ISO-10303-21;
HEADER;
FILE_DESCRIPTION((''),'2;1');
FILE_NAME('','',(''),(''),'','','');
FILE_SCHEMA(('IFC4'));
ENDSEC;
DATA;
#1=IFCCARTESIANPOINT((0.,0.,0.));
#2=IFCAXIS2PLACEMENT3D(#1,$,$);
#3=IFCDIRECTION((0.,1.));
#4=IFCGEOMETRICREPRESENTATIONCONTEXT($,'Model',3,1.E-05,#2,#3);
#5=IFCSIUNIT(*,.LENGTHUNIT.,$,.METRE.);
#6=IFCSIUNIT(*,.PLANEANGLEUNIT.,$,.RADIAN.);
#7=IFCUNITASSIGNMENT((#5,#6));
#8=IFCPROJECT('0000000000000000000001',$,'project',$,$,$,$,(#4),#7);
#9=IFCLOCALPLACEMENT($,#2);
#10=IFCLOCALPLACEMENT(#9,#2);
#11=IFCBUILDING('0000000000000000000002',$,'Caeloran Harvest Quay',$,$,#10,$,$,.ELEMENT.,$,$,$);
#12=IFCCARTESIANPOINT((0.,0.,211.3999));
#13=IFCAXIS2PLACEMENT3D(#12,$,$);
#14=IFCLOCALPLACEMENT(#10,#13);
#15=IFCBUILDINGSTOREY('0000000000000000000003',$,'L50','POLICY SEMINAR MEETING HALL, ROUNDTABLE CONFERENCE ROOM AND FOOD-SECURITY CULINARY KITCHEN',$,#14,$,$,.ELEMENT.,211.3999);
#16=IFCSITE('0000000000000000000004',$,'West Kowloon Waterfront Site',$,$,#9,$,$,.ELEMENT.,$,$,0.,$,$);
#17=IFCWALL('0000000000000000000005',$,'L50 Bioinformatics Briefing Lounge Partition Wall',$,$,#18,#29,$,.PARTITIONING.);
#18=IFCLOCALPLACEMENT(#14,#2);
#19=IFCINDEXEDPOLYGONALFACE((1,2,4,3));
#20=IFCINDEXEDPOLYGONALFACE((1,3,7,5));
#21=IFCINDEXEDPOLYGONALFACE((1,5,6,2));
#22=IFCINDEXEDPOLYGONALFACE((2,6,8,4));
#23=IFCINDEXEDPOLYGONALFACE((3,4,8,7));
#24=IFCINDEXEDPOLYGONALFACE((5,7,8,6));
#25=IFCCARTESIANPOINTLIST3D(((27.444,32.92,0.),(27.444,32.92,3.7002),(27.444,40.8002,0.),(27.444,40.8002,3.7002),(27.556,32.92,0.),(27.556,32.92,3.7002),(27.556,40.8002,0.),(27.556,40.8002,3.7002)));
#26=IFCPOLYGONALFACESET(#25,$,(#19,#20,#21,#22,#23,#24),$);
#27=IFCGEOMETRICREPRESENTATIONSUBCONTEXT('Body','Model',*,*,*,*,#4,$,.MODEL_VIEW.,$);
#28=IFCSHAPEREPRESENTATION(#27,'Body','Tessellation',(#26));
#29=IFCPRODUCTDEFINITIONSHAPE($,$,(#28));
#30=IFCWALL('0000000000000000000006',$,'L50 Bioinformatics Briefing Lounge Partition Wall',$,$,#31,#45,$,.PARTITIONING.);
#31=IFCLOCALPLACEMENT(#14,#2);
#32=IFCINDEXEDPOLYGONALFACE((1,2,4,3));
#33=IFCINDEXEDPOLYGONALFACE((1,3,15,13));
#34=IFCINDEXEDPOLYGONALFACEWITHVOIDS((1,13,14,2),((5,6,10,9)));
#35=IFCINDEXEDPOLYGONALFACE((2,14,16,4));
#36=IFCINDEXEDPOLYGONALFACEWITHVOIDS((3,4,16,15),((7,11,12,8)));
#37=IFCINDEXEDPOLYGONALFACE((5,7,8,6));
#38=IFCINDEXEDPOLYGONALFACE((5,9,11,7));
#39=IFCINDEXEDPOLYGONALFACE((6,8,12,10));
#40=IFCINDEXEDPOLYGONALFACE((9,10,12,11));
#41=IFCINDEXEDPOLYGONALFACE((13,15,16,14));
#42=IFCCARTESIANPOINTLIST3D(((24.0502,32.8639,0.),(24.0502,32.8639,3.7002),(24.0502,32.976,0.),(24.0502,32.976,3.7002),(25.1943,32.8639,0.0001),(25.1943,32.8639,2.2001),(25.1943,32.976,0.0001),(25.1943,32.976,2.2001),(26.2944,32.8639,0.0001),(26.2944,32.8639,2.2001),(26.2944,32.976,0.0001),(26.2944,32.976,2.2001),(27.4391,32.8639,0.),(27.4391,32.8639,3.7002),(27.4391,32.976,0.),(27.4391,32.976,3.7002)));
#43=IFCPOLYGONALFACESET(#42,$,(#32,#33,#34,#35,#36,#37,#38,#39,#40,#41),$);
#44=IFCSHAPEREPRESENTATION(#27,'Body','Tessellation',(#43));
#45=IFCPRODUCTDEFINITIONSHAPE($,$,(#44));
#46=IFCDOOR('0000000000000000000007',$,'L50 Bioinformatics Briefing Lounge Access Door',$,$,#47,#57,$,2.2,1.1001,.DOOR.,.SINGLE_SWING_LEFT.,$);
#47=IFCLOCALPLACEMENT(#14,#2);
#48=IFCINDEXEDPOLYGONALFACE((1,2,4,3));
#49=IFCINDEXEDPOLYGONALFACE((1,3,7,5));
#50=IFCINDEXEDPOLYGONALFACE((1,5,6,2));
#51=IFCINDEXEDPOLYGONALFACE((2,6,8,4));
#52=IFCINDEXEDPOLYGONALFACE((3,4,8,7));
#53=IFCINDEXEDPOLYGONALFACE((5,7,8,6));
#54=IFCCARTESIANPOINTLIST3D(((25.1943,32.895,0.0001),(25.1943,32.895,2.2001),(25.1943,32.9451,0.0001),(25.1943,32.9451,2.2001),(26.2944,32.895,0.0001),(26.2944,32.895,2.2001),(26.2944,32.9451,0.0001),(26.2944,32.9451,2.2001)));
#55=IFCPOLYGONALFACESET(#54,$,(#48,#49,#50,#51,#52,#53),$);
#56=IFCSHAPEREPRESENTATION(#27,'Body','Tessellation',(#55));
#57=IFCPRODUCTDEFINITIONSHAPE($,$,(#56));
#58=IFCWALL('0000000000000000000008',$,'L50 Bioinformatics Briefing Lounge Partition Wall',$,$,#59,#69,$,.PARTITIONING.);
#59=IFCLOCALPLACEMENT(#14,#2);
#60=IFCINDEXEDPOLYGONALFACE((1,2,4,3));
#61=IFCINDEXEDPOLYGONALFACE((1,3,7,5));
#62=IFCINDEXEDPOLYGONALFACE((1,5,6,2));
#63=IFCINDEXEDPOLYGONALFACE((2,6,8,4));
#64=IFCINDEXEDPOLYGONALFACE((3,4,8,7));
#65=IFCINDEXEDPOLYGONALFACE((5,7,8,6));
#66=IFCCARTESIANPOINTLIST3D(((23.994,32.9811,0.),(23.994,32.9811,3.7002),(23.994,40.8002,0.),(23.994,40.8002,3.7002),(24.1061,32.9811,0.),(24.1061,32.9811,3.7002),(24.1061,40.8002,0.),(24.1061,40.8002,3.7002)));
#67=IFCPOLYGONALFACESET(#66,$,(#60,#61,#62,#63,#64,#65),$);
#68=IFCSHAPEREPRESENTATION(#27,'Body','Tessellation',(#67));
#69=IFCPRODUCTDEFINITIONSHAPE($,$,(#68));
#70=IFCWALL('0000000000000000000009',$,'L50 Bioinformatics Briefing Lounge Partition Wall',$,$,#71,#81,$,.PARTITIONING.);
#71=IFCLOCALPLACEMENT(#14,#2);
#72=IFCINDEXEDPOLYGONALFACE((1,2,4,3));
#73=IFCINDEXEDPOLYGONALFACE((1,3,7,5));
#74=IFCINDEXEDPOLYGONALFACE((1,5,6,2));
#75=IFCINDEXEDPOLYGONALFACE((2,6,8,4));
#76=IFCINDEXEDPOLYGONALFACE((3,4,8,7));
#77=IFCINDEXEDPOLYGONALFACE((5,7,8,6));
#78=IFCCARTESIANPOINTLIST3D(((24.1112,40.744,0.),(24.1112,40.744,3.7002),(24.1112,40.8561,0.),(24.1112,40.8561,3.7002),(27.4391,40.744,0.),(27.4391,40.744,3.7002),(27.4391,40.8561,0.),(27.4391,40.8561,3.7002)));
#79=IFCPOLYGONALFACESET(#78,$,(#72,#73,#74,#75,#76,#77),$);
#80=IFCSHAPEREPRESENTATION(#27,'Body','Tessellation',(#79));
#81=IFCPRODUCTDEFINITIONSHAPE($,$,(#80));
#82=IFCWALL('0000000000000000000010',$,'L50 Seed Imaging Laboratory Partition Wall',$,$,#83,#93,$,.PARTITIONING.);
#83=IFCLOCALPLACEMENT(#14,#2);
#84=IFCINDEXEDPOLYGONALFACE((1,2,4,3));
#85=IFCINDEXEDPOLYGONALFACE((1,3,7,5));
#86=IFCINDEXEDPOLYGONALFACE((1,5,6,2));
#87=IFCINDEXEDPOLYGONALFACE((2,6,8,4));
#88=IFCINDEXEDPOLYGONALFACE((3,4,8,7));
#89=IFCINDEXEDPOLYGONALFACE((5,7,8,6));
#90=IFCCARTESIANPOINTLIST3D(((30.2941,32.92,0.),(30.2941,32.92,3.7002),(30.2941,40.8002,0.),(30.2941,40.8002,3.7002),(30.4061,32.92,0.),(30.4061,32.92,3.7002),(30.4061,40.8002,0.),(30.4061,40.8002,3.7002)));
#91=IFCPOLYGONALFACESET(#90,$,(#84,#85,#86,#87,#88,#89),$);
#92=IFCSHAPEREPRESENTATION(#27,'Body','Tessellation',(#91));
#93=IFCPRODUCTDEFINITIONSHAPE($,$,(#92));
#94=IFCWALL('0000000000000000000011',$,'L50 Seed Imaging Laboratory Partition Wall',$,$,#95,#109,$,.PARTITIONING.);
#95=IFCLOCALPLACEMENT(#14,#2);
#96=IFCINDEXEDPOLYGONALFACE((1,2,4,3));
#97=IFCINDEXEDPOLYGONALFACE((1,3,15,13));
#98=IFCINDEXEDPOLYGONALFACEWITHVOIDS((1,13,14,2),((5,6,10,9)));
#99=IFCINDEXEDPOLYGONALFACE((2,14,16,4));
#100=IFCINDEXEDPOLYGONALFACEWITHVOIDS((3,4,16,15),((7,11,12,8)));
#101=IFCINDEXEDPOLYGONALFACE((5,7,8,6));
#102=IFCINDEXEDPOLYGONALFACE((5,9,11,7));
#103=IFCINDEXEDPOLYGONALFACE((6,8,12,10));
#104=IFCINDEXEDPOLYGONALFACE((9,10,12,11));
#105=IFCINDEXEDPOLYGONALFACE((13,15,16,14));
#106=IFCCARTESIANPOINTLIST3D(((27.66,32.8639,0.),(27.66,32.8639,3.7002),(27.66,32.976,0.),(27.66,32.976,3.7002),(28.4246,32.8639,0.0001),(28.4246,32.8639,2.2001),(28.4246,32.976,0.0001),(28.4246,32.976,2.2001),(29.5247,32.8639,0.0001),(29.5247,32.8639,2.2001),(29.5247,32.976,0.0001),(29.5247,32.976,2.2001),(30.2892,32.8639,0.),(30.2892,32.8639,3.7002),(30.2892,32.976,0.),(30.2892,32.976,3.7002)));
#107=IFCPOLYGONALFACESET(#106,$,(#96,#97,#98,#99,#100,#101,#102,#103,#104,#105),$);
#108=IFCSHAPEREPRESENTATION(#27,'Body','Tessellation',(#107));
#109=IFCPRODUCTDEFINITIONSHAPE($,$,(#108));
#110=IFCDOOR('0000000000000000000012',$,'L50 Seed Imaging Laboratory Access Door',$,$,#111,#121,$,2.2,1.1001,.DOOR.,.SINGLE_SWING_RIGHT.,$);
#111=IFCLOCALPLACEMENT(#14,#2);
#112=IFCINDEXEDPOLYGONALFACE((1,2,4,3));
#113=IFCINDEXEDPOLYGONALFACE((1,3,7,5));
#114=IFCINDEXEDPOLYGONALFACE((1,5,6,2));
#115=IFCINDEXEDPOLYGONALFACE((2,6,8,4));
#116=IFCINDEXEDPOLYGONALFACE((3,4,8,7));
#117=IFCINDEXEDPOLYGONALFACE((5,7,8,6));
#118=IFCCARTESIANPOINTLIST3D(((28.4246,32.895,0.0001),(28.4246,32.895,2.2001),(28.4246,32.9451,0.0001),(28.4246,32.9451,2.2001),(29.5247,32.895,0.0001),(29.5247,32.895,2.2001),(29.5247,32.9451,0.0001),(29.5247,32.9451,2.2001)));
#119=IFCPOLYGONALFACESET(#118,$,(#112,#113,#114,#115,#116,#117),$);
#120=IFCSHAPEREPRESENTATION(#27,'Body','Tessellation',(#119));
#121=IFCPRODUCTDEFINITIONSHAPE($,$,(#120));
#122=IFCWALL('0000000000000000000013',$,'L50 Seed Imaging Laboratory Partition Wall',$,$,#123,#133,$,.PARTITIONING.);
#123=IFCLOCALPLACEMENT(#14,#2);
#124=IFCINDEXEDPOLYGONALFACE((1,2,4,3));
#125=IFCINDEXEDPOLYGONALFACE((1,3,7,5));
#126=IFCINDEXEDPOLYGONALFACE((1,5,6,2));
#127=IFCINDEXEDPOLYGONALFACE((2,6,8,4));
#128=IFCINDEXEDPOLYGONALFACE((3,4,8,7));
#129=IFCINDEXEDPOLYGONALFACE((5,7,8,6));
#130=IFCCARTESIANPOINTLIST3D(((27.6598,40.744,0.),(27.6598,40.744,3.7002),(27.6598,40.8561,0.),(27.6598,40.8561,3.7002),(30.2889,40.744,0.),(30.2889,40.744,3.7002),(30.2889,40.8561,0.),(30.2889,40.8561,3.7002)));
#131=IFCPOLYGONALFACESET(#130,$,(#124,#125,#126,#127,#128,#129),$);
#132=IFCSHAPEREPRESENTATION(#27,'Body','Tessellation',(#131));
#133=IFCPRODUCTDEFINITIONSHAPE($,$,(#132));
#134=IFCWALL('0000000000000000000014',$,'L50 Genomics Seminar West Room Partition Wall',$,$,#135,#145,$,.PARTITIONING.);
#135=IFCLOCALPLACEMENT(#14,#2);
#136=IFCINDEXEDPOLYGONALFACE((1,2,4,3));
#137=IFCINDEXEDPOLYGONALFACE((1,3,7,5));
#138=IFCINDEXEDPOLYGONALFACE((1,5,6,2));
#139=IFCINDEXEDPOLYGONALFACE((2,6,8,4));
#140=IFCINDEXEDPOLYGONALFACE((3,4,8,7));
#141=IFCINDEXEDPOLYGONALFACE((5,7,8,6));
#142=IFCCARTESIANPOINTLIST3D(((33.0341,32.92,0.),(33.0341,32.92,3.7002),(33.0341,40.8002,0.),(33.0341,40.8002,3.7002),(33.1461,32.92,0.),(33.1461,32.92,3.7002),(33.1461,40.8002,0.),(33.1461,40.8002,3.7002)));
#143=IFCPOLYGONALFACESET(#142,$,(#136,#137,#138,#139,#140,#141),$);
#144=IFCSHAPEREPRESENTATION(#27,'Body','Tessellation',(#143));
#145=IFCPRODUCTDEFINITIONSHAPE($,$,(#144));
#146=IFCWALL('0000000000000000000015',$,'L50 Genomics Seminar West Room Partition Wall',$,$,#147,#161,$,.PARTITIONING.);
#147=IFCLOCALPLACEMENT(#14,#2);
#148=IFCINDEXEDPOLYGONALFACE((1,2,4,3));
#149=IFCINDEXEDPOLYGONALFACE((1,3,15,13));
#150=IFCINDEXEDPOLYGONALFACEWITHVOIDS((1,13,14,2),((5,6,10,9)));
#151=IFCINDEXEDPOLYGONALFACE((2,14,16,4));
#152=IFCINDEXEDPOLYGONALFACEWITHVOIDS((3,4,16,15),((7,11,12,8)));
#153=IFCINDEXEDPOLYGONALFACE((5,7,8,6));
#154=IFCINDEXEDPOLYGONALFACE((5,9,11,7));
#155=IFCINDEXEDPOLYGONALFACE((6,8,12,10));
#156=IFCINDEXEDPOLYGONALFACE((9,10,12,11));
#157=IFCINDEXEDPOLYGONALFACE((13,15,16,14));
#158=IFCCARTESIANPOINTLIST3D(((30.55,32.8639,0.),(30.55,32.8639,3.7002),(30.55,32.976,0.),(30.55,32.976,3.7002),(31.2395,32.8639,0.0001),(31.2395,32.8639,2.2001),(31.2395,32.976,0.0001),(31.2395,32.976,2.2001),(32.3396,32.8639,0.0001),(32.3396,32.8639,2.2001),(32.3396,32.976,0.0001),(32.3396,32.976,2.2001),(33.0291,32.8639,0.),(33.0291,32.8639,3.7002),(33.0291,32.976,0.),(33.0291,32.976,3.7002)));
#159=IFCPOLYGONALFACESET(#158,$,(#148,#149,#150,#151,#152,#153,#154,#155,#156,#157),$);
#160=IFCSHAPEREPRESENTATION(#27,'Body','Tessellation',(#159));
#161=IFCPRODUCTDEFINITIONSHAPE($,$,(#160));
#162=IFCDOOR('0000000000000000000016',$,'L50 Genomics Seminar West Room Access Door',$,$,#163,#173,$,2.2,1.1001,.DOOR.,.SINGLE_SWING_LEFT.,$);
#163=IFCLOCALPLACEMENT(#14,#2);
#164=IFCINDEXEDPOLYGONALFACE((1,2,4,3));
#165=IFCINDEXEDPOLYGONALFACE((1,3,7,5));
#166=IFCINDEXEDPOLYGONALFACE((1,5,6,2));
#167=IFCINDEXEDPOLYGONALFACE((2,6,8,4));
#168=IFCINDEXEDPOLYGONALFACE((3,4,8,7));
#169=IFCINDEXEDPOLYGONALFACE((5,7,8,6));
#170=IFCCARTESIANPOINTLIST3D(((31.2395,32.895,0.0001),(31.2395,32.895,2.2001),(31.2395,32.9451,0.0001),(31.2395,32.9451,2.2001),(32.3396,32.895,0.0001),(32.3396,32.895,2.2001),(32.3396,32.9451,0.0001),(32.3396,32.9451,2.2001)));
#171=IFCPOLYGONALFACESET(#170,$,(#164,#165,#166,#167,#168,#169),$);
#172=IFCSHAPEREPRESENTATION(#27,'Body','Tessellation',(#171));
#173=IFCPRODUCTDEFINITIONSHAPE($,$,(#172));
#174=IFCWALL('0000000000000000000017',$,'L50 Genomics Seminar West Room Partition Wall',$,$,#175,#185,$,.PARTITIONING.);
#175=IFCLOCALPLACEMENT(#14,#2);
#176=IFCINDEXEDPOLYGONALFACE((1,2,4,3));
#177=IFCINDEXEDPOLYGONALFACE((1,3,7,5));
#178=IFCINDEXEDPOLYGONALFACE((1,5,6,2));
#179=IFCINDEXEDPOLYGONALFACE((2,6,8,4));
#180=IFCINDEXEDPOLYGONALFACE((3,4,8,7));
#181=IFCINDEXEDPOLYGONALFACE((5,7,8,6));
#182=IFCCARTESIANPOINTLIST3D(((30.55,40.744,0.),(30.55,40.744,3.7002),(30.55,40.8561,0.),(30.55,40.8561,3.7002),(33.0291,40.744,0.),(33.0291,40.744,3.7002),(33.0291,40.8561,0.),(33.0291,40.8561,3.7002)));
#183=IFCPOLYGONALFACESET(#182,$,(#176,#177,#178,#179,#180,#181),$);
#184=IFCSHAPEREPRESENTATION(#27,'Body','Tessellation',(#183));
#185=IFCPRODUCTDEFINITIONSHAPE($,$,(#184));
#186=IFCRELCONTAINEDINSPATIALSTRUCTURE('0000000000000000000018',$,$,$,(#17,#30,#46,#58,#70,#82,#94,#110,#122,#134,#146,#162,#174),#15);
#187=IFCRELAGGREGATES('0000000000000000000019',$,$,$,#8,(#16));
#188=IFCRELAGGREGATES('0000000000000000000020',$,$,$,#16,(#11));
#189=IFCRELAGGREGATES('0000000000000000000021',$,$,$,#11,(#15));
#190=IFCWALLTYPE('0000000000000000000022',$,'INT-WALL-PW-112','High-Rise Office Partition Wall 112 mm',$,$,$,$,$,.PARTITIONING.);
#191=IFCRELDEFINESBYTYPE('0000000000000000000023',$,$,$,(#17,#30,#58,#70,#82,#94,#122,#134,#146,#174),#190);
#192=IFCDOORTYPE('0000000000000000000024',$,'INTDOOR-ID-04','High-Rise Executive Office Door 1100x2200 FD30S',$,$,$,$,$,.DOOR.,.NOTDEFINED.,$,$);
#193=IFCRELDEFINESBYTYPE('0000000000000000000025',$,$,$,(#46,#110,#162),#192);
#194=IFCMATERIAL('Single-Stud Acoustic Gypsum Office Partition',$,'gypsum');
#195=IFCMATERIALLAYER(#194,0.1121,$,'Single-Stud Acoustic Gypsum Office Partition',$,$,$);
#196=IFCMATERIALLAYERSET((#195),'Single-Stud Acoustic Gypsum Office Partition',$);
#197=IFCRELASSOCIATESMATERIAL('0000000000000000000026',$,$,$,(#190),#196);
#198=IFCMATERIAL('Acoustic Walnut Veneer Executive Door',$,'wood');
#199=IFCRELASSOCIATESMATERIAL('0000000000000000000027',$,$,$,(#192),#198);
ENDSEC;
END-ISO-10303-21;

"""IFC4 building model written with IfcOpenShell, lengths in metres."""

from ifc_helpers import new_model, si_unit, direction, frame, frame_2d, origin, place, context, subcontext, project, spatial, rectangle, extrude, material, layer, layer_set, type_object, element, fill, save


model = new_model("IFC4")

# Units and contexts
model_context = context("Model", 3, precision=1e-05, world=origin(), true_north=direction((0.0, 1.0)))
body_context = subcontext(model_context, "Body", "Model", "MODEL_VIEW")
ifc_project = project(units=[si_unit("LENGTHUNIT", "METRE"), si_unit("PLANEANGLEUNIT", "RADIAN")], contexts=[model_context])

# Site, building, storey
site_placement = place(None, origin())
site = spatial("IfcSite", under=ifc_project, at=site_placement, Name="West Kowloon Waterfront Site", CompositionType="ELEMENT", RefElevation=0.0)
building_placement = place(site_placement, origin())
building = spatial("IfcBuilding", under=site, at=building_placement, Name="Caeloran Harvest Quay", CompositionType="ELEMENT")
storey_placement = place(building_placement, frame((0.0, 0.0, 211.3999)))
storey = spatial("IfcBuildingStorey", under=building, at=storey_placement, Name="L50", Description="POLICY SEMINAR MEETING HALL, ROUNDTABLE CONFERENCE ROOM AND FOOD-SECURITY CULINARY KITCHEN", CompositionType="ELEMENT", Elevation=211.3999)

# Wall
ifc_material_1 = material(Name="Single-Stud Acoustic Gypsum Office Partition", Category="gypsum")
ifc_layer = layer(ifc_material_1, 0.1121, Name="Single-Stud Acoustic Gypsum Office Partition")
ifc_layer_set = layer_set([ifc_layer], Name="Single-Stud Acoustic Gypsum Office Partition")
wall_type = type_object("IfcWallType", Name="INT-WALL-PW-112", Description="High-Rise Office Partition Wall 112 mm", PredefinedType="PARTITIONING", material=ifc_layer_set)
wall_1_placement = place(storey_placement, frame((27.5, 40.8, 0.0), z_axis=(0.0, 0.0, 1.0), x_axis=(0.0, -1.0, 0.0)))
element("IfcWall", 1, at=wall_1_placement, inside=storey, type_object=wall_type, Name="L50 Bioinformatics Briefing Lounge Partition Wall", PredefinedType="PARTITIONING", context=body_context, shape_type="SweptSolid", body=[
    extrude(rectangle(XDim=7.8801, YDim=0.1121, at=frame_2d((3.9399, 0.0))), origin(), (0.0, 0.0, 1.0), 3.7002),
])

# Wall, opening, door
wall_2_placement = place(storey_placement, frame((27.439, 32.9199, 0.0), z_axis=(0.0, 0.0, 1.0), x_axis=(-1.0, 0.0, 0.0)))
wall_2 = element("IfcWall", 2, at=wall_2_placement, inside=storey, type_object=wall_type, Name="L50 Bioinformatics Briefing Lounge Partition Wall", PredefinedType="PARTITIONING", context=body_context, shape_type="SweptSolid", body=[
    extrude(rectangle(XDim=3.3889, YDim=0.1121, at=frame_2d((1.6943, 0.0))), origin(), (0.0, 0.0, 1.0), 3.7002),
])
opening_1_placement = place(wall_2_placement, frame((1.1445, 0.0, 0.0)))
opening_1 = element("IfcOpeningElement", 3, at=opening_1_placement, cuts=wall_2, PredefinedType="OPENING", context=body_context, shape_type="SweptSolid", body=[
    extrude(rectangle(XDim=1.1001, YDim=2.2, at=frame_2d((0.55, 1.1001))), frame((0.0, 0.0659, 0.0), z_axis=(0.0, -1.0, 0.0), x_axis=(1.0, 0.0, 0.0)), (0.0, 0.0, 1.0), 0.1321),
])
ifc_material_2 = material(Name="Acoustic Walnut Veneer Executive Door", Category="wood")
door_type = type_object("IfcDoorType", Name="INTDOOR-ID-04", Description="High-Rise Executive Office Door 1100x2200 FD30S", OperationType="NOTDEFINED", PredefinedType="DOOR", material=ifc_material_2)
door_1_placement = place(opening_1_placement, origin())
door_1 = element("IfcDoor", 4, at=door_1_placement, inside=storey, type_object=door_type, Name="L50 Bioinformatics Briefing Lounge Access Door", OperationType="SINGLE_SWING_LEFT", OverallHeight=2.2, OverallWidth=1.1001, PredefinedType="DOOR", context=body_context, shape_type="SweptSolid", body=[
    extrude(rectangle(XDim=1.1001, YDim=2.2, at=frame_2d((0.55, 1.1001))), frame((0.0, 0.0249, 0.0), z_axis=(0.0, -1.0, 0.0), x_axis=(1.0, 0.0, 0.0)), (0.0, 0.0, 1.0), 0.05),
])
fill(opening_1, door_1)

# Walls
wall_3_placement = place(storey_placement, frame((24.05, 32.981, 0.0), z_axis=(0.0, 0.0, 1.0), x_axis=(0.0, 1.0, 0.0)))
element("IfcWall", 5, at=wall_3_placement, inside=storey, type_object=wall_type, Name="L50 Bioinformatics Briefing Lounge Partition Wall", PredefinedType="PARTITIONING", context=body_context, shape_type="SweptSolid", body=[
    extrude(rectangle(XDim=7.8191, YDim=0.1121, at=frame_2d((3.9097, 0.0))), origin(), (0.0, 0.0, 1.0), 3.7002),
])
wall_4_placement = place(storey_placement, frame((24.1111, 40.8, 0.0), z_axis=(0.0, 0.0, 1.0), x_axis=(1.0, 0.0, 0.0)))
element("IfcWall", 6, at=wall_4_placement, inside=storey, type_object=wall_type, Name="L50 Bioinformatics Briefing Lounge Partition Wall", PredefinedType="PARTITIONING", context=body_context, shape_type="SweptSolid", body=[
    extrude(rectangle(XDim=3.3279, YDim=0.1121, at=frame_2d((1.6641, 0.0))), origin(), (0.0, 0.0, 1.0), 3.7002),
])
wall_5_placement = place(storey_placement, frame((30.3501, 40.8, 0.0), z_axis=(0.0, 0.0, 1.0), x_axis=(0.0, -1.0, 0.0)))
element("IfcWall", 7, at=wall_5_placement, inside=storey, type_object=wall_type, Name="L50 Seed Imaging Laboratory Partition Wall", PredefinedType="PARTITIONING", context=body_context, shape_type="SweptSolid", body=[
    extrude(rectangle(XDim=7.8801, YDim=0.1121, at=frame_2d((3.9399, 0.0))), origin(), (0.0, 0.0, 1.0), 3.7002),
])

# Wall, opening, door
wall_6_placement = place(storey_placement, frame((30.2891, 32.9199, 0.0), z_axis=(0.0, 0.0, 1.0), x_axis=(-1.0, 0.0, 0.0)))
wall_6 = element("IfcWall", 8, at=wall_6_placement, inside=storey, type_object=wall_type, Name="L50 Seed Imaging Laboratory Partition Wall", PredefinedType="PARTITIONING", context=body_context, shape_type="SweptSolid", body=[
    extrude(rectangle(XDim=2.6292, YDim=0.1121, at=frame_2d((1.3145, 0.0))), origin(), (0.0, 0.0, 1.0), 3.7002),
])
opening_2_placement = place(wall_6_placement, frame((0.7644, 0.0, 0.0)))
opening_2 = element("IfcOpeningElement", 9, at=opening_2_placement, cuts=wall_6, PredefinedType="OPENING", context=body_context, shape_type="SweptSolid", body=[
    extrude(rectangle(XDim=1.1001, YDim=2.2, at=frame_2d((0.55, 1.1001))), frame((0.0, 0.0659, 0.0), z_axis=(0.0, -1.0, 0.0), x_axis=(1.0, 0.0, 0.0)), (0.0, 0.0, 1.0), 0.1321),
])
door_2_placement = place(opening_2_placement, origin())
door_2 = element("IfcDoor", 10, at=door_2_placement, inside=storey, type_object=door_type, Name="L50 Seed Imaging Laboratory Access Door", OperationType="SINGLE_SWING_RIGHT", OverallHeight=2.2, OverallWidth=1.1001, PredefinedType="DOOR", context=body_context, shape_type="SweptSolid", body=[
    extrude(rectangle(XDim=1.1001, YDim=2.2, at=frame_2d((0.55, 1.1001))), frame((0.0, 0.0249, 0.0), z_axis=(0.0, -1.0, 0.0), x_axis=(1.0, 0.0, 0.0)), (0.0, 0.0, 1.0), 0.05),
])
fill(opening_2, door_2)

# Walls
wall_7_placement = place(storey_placement, frame((27.6599, 40.8, 0.0), z_axis=(0.0, 0.0, 1.0), x_axis=(1.0, 0.0, 0.0)))
element("IfcWall", 11, at=wall_7_placement, inside=storey, type_object=wall_type, Name="L50 Seed Imaging Laboratory Partition Wall", PredefinedType="PARTITIONING", context=body_context, shape_type="SweptSolid", body=[
    extrude(rectangle(XDim=2.6292, YDim=0.1121, at=frame_2d((1.3145, 0.0))), origin(), (0.0, 0.0, 1.0), 3.7002),
])
wall_8_placement = place(storey_placement, frame((33.0901, 40.8, 0.0), z_axis=(0.0, 0.0, 1.0), x_axis=(0.0, -1.0, 0.0)))
element("IfcWall", 12, at=wall_8_placement, inside=storey, type_object=wall_type, Name="L50 Genomics Seminar West Room Partition Wall", PredefinedType="PARTITIONING", context=body_context, shape_type="SweptSolid", body=[
    extrude(rectangle(XDim=7.8801, YDim=0.1121, at=frame_2d((3.9399, 0.0))), origin(), (0.0, 0.0, 1.0), 3.7002),
])

# Wall, opening, door
wall_9_placement = place(storey_placement, frame((33.0291, 32.9199, 0.0), z_axis=(0.0, 0.0, 1.0), x_axis=(-1.0, 0.0, 0.0)))
wall_9 = element("IfcWall", 13, at=wall_9_placement, inside=storey, type_object=wall_type, Name="L50 Genomics Seminar West Room Partition Wall", PredefinedType="PARTITIONING", context=body_context, shape_type="SweptSolid", body=[
    extrude(rectangle(XDim=2.479, YDim=0.1121, at=frame_2d((1.2395, 0.0))), origin(), (0.0, 0.0, 1.0), 3.7002),
])
opening_3_placement = place(wall_9_placement, frame((0.6895, 0.0, 0.0)))
opening_3 = element("IfcOpeningElement", 14, at=opening_3_placement, cuts=wall_9, PredefinedType="OPENING", context=body_context, shape_type="SweptSolid", body=[
    extrude(rectangle(XDim=1.1001, YDim=2.2, at=frame_2d((0.55, 1.1001))), frame((0.0, 0.0659, 0.0), z_axis=(0.0, -1.0, 0.0), x_axis=(1.0, 0.0, 0.0)), (0.0, 0.0, 1.0), 0.1321),
])
door_3_placement = place(opening_3_placement, origin())
door_3 = element("IfcDoor", 15, at=door_3_placement, inside=storey, type_object=door_type, Name="L50 Genomics Seminar West Room Access Door", OperationType="SINGLE_SWING_LEFT", OverallHeight=2.2, OverallWidth=1.1001, PredefinedType="DOOR", context=body_context, shape_type="SweptSolid", body=[
    extrude(rectangle(XDim=1.1001, YDim=2.2, at=frame_2d((0.55, 1.1001))), frame((0.0, 0.0249, 0.0), z_axis=(0.0, -1.0, 0.0), x_axis=(1.0, 0.0, 0.0)), (0.0, 0.0, 1.0), 0.05),
])
fill(opening_3, door_3)

# Wall
wall_10_placement = place(storey_placement, frame((30.55, 40.8, 0.0), z_axis=(0.0, 0.0, 1.0), x_axis=(1.0, 0.0, 0.0)))
element("IfcWall", 16, at=wall_10_placement, inside=storey, type_object=wall_type, Name="L50 Genomics Seminar West Room Partition Wall", PredefinedType="PARTITIONING", context=body_context, shape_type="SweptSolid", body=[
    extrude(rectangle(XDim=2.479, YDim=0.1121, at=frame_2d((1.2395, 0.0))), origin(), (0.0, 0.0, 1.0), 3.7002),
])

save(model, "model.ifc")
